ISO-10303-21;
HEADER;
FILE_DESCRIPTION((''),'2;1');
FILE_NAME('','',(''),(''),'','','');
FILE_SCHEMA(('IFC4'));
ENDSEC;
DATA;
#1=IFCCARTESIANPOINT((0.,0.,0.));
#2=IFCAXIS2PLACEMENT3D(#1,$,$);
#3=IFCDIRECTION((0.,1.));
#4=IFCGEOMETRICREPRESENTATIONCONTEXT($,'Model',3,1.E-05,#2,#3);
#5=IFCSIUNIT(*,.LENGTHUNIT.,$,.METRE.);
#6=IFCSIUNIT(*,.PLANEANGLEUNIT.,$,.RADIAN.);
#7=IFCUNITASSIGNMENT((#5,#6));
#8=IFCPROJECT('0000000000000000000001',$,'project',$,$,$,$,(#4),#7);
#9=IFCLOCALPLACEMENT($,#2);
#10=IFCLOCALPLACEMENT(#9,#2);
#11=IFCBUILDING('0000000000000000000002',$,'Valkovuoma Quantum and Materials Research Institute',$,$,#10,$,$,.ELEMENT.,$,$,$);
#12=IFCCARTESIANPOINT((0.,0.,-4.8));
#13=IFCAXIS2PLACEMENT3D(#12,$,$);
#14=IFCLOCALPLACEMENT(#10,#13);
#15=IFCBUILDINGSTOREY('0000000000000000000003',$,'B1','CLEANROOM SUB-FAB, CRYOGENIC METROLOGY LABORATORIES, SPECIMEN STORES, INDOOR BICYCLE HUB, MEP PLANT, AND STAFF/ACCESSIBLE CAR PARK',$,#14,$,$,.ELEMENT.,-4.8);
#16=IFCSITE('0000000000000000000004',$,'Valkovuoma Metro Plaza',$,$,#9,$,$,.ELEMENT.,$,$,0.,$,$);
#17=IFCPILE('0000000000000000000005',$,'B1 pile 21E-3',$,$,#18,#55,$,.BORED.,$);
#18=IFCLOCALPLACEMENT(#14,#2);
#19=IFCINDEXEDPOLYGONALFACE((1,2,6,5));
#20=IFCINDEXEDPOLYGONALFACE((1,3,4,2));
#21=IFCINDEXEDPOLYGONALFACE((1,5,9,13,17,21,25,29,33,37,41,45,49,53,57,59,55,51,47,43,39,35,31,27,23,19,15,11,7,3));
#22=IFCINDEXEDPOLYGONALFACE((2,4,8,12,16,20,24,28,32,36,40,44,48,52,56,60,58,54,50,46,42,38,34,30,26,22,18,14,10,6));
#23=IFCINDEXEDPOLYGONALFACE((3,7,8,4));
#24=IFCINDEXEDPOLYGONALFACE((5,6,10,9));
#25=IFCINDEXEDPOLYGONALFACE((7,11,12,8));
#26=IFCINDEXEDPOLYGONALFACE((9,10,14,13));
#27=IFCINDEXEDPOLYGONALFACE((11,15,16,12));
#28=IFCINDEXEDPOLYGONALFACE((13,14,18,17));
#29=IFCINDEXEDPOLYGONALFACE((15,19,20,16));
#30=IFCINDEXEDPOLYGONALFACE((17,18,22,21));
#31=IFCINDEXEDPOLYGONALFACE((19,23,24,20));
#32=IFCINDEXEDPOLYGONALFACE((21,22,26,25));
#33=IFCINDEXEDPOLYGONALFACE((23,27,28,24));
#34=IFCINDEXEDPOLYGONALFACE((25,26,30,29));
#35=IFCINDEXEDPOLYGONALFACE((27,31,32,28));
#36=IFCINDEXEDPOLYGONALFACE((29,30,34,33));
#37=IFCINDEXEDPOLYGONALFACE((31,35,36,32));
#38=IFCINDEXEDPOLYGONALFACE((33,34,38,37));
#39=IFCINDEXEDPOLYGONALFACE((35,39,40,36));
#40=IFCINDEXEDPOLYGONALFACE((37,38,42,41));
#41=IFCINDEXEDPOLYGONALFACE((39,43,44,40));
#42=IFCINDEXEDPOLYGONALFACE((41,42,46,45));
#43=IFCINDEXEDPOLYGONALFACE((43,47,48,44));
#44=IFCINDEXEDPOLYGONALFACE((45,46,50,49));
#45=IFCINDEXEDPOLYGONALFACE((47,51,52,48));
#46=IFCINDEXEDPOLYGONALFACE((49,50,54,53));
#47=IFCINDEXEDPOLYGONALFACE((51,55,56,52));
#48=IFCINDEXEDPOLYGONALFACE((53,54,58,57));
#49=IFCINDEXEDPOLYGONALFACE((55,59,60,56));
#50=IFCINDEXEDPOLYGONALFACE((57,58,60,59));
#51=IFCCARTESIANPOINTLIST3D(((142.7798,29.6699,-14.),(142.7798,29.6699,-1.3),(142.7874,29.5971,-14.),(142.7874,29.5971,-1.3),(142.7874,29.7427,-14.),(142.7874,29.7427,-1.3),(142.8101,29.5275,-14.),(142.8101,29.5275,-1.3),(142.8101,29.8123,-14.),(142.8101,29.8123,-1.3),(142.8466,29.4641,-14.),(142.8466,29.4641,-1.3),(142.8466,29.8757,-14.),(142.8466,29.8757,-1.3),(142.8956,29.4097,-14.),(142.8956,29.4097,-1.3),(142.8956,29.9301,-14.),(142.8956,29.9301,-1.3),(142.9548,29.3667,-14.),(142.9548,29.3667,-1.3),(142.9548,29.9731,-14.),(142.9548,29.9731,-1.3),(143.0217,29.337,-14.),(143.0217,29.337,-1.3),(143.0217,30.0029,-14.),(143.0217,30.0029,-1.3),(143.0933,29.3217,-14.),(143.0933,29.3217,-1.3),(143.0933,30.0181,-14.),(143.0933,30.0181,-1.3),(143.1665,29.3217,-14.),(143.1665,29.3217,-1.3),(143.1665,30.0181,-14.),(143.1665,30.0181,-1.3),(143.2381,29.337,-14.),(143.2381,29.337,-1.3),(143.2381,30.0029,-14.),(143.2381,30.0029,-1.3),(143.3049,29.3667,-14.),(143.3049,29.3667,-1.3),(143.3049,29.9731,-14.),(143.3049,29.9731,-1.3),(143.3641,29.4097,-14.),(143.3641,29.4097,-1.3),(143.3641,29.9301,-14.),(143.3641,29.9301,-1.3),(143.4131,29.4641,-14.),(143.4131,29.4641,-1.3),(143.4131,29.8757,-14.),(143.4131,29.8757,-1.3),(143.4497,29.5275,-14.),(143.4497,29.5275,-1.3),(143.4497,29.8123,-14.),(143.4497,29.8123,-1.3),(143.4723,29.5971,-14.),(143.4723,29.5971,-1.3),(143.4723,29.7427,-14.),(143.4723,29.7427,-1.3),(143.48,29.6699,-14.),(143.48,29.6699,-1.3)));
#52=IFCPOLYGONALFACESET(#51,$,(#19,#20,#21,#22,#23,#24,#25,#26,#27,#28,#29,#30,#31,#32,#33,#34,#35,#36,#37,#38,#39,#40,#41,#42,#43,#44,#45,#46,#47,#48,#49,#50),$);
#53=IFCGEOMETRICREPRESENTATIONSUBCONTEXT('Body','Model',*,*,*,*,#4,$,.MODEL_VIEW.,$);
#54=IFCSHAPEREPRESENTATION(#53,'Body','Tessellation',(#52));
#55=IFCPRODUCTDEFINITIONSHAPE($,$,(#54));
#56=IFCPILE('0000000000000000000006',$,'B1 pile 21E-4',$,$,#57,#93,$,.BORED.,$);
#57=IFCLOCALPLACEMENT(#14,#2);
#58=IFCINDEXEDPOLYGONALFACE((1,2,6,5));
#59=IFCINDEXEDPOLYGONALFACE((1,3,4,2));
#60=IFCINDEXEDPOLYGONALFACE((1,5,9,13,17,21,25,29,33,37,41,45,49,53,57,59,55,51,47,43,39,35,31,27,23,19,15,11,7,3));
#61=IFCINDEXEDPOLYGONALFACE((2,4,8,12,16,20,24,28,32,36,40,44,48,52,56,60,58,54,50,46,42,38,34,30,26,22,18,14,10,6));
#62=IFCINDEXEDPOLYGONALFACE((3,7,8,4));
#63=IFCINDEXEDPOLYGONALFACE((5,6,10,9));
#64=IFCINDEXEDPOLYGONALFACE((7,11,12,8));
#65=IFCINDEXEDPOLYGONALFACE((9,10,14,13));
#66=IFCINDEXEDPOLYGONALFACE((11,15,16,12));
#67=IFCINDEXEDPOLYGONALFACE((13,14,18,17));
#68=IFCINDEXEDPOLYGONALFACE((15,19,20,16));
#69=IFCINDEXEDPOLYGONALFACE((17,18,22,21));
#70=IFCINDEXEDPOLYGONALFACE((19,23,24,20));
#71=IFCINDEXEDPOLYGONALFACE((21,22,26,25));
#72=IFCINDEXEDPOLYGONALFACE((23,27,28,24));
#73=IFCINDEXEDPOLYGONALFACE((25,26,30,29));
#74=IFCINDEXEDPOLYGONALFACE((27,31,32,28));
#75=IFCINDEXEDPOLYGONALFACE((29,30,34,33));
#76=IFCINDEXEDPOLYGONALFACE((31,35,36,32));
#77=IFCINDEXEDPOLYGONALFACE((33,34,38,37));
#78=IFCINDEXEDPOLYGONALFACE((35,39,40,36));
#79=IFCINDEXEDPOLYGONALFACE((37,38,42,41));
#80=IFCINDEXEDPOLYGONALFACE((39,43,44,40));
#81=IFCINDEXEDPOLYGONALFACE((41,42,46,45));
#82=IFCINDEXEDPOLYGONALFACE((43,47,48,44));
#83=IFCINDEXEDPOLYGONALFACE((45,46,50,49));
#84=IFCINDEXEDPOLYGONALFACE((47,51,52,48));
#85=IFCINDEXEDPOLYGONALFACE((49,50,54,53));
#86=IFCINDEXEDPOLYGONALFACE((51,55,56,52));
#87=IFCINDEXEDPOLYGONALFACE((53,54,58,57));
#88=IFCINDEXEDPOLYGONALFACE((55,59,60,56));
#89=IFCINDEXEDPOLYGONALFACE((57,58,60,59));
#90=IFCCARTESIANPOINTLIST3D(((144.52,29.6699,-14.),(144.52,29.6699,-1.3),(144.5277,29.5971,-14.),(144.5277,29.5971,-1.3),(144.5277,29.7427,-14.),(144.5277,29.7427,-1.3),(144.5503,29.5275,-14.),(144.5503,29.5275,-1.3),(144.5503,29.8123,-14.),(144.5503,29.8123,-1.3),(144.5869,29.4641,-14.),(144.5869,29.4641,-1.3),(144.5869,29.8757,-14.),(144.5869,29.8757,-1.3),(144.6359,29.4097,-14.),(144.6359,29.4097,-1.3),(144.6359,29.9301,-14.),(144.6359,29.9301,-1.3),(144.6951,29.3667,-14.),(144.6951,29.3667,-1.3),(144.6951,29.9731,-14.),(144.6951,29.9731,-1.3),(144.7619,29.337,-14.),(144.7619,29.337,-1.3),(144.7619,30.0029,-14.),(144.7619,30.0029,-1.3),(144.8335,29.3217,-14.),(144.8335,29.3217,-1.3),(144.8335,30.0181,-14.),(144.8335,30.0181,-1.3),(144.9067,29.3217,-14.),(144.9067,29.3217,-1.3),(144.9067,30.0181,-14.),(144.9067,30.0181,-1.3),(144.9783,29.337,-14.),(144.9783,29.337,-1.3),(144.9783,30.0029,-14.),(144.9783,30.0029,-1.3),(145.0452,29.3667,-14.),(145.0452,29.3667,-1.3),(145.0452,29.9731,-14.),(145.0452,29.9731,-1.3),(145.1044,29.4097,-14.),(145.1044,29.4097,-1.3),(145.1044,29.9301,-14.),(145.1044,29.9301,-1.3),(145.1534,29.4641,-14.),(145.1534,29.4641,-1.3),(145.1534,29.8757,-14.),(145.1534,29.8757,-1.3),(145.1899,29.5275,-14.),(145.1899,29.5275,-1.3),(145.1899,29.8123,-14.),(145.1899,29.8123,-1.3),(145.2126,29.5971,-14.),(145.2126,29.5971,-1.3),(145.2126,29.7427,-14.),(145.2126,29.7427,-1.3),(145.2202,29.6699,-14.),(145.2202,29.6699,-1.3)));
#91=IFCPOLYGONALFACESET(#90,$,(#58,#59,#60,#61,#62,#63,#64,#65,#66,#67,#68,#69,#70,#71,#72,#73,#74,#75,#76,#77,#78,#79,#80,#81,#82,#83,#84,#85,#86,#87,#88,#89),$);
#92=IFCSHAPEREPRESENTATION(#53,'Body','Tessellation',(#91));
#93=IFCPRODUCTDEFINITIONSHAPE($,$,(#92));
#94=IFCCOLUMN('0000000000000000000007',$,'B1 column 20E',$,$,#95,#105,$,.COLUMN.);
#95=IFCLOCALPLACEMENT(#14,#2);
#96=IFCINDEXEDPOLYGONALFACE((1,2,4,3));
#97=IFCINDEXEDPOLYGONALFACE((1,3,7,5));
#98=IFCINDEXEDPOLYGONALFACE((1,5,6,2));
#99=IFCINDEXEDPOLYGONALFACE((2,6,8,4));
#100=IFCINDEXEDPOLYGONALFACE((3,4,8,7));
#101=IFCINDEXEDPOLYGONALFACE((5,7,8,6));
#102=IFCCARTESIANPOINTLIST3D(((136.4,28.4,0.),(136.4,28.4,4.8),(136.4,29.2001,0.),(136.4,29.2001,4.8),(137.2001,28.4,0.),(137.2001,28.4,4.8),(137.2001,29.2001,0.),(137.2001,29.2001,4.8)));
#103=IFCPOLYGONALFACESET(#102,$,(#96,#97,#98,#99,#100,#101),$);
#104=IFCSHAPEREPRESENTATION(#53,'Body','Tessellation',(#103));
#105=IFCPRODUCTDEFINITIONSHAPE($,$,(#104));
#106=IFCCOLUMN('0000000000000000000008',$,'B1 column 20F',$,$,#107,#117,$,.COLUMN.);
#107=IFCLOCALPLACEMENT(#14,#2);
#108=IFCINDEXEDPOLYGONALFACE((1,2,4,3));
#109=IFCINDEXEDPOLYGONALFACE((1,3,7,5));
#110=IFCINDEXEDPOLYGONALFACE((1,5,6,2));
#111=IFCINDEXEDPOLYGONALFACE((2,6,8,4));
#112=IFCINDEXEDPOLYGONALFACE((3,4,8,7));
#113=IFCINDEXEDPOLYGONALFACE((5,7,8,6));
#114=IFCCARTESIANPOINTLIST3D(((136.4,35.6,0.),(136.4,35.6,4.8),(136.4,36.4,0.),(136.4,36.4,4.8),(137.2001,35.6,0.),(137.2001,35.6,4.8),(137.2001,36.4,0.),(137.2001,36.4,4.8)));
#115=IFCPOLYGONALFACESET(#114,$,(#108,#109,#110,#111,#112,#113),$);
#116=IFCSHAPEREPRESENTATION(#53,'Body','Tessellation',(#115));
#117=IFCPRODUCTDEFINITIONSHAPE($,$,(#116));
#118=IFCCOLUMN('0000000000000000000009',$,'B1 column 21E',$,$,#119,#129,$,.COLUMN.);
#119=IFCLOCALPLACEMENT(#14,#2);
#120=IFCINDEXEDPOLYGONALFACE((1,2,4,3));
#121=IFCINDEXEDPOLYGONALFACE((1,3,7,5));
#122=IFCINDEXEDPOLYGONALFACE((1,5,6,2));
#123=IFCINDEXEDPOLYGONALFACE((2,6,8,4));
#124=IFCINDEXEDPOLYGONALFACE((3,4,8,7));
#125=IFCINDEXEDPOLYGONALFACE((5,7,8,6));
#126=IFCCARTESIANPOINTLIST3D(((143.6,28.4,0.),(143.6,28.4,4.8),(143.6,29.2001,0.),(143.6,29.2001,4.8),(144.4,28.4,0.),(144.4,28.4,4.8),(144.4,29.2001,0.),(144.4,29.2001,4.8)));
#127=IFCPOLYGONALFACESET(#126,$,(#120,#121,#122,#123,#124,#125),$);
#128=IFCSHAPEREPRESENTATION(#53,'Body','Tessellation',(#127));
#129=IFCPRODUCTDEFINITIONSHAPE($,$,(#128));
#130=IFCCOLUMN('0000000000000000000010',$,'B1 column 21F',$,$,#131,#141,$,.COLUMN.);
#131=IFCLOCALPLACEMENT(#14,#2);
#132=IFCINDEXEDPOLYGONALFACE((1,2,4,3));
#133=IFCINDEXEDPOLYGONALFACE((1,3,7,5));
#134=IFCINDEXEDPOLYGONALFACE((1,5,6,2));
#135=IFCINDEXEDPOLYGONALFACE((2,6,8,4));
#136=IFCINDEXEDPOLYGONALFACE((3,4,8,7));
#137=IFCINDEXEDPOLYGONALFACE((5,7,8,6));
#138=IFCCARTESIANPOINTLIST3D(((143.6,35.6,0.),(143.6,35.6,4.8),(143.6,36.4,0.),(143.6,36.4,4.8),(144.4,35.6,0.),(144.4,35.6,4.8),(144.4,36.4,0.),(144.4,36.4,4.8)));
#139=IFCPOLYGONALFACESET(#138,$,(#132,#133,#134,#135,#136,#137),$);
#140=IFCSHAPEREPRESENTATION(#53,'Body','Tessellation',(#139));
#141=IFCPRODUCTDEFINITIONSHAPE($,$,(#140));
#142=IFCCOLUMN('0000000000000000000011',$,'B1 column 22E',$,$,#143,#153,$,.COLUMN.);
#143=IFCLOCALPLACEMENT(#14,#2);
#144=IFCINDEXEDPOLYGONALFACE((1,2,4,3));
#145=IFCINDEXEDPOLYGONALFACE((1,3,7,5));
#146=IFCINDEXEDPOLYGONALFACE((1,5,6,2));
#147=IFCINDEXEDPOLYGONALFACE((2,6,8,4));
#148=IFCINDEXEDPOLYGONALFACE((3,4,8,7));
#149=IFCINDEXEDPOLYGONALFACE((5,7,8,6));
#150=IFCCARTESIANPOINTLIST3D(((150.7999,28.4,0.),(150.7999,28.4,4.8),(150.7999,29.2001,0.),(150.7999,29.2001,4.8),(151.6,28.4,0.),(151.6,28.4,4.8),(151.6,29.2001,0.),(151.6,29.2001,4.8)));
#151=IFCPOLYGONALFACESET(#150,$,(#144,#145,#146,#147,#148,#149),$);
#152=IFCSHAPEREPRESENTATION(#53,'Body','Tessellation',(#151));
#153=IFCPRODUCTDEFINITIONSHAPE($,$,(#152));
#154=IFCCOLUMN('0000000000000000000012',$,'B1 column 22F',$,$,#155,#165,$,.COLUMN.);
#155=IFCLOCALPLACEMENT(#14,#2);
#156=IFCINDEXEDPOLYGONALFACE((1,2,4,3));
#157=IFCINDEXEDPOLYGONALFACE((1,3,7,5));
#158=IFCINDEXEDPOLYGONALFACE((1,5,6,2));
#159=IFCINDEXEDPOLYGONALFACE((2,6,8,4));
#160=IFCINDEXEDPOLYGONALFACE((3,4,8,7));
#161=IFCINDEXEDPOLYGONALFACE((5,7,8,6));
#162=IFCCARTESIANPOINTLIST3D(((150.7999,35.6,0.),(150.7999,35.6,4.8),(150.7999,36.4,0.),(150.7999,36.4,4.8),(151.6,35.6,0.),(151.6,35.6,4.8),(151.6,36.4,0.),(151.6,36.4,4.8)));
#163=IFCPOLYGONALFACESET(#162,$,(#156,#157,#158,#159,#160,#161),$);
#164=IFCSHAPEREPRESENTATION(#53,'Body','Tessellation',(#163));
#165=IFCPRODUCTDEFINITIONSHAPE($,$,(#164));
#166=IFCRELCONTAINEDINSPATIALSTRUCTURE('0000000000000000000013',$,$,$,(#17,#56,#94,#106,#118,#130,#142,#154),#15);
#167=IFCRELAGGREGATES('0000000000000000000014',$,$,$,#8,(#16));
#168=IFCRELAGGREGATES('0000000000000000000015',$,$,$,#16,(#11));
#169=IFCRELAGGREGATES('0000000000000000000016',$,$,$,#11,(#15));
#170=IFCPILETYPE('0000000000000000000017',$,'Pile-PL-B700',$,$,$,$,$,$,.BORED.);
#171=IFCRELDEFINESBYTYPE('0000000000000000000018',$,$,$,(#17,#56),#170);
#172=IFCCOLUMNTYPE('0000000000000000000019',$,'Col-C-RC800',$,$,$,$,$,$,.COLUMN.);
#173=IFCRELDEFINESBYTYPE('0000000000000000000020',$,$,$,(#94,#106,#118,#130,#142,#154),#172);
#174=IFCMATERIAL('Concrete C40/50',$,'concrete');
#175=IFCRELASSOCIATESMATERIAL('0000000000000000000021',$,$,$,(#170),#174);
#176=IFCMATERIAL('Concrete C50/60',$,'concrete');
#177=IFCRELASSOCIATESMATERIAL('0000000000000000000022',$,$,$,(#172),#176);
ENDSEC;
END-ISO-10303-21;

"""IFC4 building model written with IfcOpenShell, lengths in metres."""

from ifc_helpers import new_model, si_unit, direction, frame, origin, origin_2d, place, context, subcontext, project, spatial, rectangle, circle, extrude, material, material_profile, profile_set, type_object, element, save


model = new_model("IFC4")

# Units and contexts
model_context = context("Model", 3, precision=1e-05, world=origin(), true_north=direction((0.0, 1.0)))
body_context = subcontext(model_context, "Body", "Model", "MODEL_VIEW")
ifc_project = project(units=[si_unit("LENGTHUNIT", "METRE"), si_unit("PLANEANGLEUNIT", "RADIAN")], contexts=[model_context])

# Site, building, storey
site_placement = place(None, origin())
site = spatial("IfcSite", under=ifc_project, at=site_placement, Name="Valkovuoma Metro Plaza", CompositionType="ELEMENT", RefElevation=0.0)
building_placement = place(site_placement, origin())
building = spatial("IfcBuilding", under=site, at=building_placement, Name="Valkovuoma Quantum and Materials Research Institute", CompositionType="ELEMENT")
storey_placement = place(building_placement, frame((0.0, 0.0, -4.8)))
storey = spatial("IfcBuildingStorey", under=building, at=storey_placement, Name="B1", Description="CLEANROOM SUB-FAB, CRYOGENIC METROLOGY LABORATORIES, SPECIMEN STORES, INDOOR BICYCLE HUB, MEP PLANT, AND STAFF/ACCESSIBLE CAR PARK", CompositionType="ELEMENT", Elevation=-4.8)

# Piles
ifc_material_1 = material(Name="Concrete C40/50", Category="concrete")
ifc_material_profile_1 = material_profile(ifc_material_1, circle(Radius=0.3501, at=origin_2d()), Name="Concrete C40/50")
ifc_profile_set_1 = profile_set([ifc_material_profile_1], Name="Concrete C40/50")
pile_type_1 = type_object("IfcPileType", Name="Pile-PL-B700", PredefinedType="BORED", material=ifc_profile_set_1)
for number, where, z_axis, x_axis, name in (
    (1, (143.1299, 29.6699, -1.3), (0.0, 0.0, -1.0), (1.0, 0.0, 0.0), "B1 pile 21E-3"),
    (2, (144.8701, 29.6699, -1.3), (0.0, 0.0, -1.0), (1.0, 0.0, 0.0), "B1 pile 21E-4"),
):
    element("IfcPile", number, at=place(storey_placement, frame(where, z_axis=z_axis, x_axis=x_axis)), inside=storey, type_object=pile_type_1, Name=name, PredefinedType="BORED", context=body_context, shape_type="SweptSolid", body=[
        extrude(circle(Radius=0.3501, at=origin_2d()), origin(), (0.0, 0.0, 1.0), 12.7),
    ])

# Columns
ifc_material_2 = material(Name="Concrete C50/60", Category="concrete")
ifc_material_profile_2 = material_profile(ifc_material_2, rectangle(XDim=0.8, YDim=0.8, at=origin_2d()), Name="Concrete C50/60")
ifc_profile_set_2 = profile_set([ifc_material_profile_2], Name="Concrete C50/60")
column_type = type_object("IfcColumnType", Name="Col-C-RC800", PredefinedType="COLUMN", material=ifc_profile_set_2)
for number, where, z_axis, x_axis, name in (
    (3, (136.8, 28.8, 0.0), (0.0, 0.0, 1.0), (1.0, 0.0, 0.0), "B1 column 20E"),
    (4, (136.8, 36.0, 0.0), (0.0, 0.0, 1.0), (1.0, 0.0, 0.0), "B1 column 20F"),
    (5, (144.0, 28.8, 0.0), (0.0, 0.0, 1.0), (1.0, 0.0, 0.0), "B1 column 21E"),
    (6, (144.0, 36.0, 0.0), (0.0, 0.0, 1.0), (1.0, 0.0, 0.0), "B1 column 21F"),
    (7, (151.2, 28.8, 0.0), (0.0, 0.0, 1.0), (1.0, 0.0, 0.0), "B1 column 22E"),
    (8, (151.2, 36.0, 0.0), (0.0, 0.0, 1.0), (1.0, 0.0, 0.0), "B1 column 22F"),
):
    element("IfcColumn", number, at=place(storey_placement, frame(where, z_axis=z_axis, x_axis=x_axis)), inside=storey, type_object=column_type, Name=name, PredefinedType="COLUMN", context=body_context, shape_type="SweptSolid", body=[
        extrude(rectangle(XDim=0.8, YDim=0.8, at=origin_2d()), origin(), (0.0, 0.0, 1.0), 4.8),
    ])

save(model, "model.ifc")
